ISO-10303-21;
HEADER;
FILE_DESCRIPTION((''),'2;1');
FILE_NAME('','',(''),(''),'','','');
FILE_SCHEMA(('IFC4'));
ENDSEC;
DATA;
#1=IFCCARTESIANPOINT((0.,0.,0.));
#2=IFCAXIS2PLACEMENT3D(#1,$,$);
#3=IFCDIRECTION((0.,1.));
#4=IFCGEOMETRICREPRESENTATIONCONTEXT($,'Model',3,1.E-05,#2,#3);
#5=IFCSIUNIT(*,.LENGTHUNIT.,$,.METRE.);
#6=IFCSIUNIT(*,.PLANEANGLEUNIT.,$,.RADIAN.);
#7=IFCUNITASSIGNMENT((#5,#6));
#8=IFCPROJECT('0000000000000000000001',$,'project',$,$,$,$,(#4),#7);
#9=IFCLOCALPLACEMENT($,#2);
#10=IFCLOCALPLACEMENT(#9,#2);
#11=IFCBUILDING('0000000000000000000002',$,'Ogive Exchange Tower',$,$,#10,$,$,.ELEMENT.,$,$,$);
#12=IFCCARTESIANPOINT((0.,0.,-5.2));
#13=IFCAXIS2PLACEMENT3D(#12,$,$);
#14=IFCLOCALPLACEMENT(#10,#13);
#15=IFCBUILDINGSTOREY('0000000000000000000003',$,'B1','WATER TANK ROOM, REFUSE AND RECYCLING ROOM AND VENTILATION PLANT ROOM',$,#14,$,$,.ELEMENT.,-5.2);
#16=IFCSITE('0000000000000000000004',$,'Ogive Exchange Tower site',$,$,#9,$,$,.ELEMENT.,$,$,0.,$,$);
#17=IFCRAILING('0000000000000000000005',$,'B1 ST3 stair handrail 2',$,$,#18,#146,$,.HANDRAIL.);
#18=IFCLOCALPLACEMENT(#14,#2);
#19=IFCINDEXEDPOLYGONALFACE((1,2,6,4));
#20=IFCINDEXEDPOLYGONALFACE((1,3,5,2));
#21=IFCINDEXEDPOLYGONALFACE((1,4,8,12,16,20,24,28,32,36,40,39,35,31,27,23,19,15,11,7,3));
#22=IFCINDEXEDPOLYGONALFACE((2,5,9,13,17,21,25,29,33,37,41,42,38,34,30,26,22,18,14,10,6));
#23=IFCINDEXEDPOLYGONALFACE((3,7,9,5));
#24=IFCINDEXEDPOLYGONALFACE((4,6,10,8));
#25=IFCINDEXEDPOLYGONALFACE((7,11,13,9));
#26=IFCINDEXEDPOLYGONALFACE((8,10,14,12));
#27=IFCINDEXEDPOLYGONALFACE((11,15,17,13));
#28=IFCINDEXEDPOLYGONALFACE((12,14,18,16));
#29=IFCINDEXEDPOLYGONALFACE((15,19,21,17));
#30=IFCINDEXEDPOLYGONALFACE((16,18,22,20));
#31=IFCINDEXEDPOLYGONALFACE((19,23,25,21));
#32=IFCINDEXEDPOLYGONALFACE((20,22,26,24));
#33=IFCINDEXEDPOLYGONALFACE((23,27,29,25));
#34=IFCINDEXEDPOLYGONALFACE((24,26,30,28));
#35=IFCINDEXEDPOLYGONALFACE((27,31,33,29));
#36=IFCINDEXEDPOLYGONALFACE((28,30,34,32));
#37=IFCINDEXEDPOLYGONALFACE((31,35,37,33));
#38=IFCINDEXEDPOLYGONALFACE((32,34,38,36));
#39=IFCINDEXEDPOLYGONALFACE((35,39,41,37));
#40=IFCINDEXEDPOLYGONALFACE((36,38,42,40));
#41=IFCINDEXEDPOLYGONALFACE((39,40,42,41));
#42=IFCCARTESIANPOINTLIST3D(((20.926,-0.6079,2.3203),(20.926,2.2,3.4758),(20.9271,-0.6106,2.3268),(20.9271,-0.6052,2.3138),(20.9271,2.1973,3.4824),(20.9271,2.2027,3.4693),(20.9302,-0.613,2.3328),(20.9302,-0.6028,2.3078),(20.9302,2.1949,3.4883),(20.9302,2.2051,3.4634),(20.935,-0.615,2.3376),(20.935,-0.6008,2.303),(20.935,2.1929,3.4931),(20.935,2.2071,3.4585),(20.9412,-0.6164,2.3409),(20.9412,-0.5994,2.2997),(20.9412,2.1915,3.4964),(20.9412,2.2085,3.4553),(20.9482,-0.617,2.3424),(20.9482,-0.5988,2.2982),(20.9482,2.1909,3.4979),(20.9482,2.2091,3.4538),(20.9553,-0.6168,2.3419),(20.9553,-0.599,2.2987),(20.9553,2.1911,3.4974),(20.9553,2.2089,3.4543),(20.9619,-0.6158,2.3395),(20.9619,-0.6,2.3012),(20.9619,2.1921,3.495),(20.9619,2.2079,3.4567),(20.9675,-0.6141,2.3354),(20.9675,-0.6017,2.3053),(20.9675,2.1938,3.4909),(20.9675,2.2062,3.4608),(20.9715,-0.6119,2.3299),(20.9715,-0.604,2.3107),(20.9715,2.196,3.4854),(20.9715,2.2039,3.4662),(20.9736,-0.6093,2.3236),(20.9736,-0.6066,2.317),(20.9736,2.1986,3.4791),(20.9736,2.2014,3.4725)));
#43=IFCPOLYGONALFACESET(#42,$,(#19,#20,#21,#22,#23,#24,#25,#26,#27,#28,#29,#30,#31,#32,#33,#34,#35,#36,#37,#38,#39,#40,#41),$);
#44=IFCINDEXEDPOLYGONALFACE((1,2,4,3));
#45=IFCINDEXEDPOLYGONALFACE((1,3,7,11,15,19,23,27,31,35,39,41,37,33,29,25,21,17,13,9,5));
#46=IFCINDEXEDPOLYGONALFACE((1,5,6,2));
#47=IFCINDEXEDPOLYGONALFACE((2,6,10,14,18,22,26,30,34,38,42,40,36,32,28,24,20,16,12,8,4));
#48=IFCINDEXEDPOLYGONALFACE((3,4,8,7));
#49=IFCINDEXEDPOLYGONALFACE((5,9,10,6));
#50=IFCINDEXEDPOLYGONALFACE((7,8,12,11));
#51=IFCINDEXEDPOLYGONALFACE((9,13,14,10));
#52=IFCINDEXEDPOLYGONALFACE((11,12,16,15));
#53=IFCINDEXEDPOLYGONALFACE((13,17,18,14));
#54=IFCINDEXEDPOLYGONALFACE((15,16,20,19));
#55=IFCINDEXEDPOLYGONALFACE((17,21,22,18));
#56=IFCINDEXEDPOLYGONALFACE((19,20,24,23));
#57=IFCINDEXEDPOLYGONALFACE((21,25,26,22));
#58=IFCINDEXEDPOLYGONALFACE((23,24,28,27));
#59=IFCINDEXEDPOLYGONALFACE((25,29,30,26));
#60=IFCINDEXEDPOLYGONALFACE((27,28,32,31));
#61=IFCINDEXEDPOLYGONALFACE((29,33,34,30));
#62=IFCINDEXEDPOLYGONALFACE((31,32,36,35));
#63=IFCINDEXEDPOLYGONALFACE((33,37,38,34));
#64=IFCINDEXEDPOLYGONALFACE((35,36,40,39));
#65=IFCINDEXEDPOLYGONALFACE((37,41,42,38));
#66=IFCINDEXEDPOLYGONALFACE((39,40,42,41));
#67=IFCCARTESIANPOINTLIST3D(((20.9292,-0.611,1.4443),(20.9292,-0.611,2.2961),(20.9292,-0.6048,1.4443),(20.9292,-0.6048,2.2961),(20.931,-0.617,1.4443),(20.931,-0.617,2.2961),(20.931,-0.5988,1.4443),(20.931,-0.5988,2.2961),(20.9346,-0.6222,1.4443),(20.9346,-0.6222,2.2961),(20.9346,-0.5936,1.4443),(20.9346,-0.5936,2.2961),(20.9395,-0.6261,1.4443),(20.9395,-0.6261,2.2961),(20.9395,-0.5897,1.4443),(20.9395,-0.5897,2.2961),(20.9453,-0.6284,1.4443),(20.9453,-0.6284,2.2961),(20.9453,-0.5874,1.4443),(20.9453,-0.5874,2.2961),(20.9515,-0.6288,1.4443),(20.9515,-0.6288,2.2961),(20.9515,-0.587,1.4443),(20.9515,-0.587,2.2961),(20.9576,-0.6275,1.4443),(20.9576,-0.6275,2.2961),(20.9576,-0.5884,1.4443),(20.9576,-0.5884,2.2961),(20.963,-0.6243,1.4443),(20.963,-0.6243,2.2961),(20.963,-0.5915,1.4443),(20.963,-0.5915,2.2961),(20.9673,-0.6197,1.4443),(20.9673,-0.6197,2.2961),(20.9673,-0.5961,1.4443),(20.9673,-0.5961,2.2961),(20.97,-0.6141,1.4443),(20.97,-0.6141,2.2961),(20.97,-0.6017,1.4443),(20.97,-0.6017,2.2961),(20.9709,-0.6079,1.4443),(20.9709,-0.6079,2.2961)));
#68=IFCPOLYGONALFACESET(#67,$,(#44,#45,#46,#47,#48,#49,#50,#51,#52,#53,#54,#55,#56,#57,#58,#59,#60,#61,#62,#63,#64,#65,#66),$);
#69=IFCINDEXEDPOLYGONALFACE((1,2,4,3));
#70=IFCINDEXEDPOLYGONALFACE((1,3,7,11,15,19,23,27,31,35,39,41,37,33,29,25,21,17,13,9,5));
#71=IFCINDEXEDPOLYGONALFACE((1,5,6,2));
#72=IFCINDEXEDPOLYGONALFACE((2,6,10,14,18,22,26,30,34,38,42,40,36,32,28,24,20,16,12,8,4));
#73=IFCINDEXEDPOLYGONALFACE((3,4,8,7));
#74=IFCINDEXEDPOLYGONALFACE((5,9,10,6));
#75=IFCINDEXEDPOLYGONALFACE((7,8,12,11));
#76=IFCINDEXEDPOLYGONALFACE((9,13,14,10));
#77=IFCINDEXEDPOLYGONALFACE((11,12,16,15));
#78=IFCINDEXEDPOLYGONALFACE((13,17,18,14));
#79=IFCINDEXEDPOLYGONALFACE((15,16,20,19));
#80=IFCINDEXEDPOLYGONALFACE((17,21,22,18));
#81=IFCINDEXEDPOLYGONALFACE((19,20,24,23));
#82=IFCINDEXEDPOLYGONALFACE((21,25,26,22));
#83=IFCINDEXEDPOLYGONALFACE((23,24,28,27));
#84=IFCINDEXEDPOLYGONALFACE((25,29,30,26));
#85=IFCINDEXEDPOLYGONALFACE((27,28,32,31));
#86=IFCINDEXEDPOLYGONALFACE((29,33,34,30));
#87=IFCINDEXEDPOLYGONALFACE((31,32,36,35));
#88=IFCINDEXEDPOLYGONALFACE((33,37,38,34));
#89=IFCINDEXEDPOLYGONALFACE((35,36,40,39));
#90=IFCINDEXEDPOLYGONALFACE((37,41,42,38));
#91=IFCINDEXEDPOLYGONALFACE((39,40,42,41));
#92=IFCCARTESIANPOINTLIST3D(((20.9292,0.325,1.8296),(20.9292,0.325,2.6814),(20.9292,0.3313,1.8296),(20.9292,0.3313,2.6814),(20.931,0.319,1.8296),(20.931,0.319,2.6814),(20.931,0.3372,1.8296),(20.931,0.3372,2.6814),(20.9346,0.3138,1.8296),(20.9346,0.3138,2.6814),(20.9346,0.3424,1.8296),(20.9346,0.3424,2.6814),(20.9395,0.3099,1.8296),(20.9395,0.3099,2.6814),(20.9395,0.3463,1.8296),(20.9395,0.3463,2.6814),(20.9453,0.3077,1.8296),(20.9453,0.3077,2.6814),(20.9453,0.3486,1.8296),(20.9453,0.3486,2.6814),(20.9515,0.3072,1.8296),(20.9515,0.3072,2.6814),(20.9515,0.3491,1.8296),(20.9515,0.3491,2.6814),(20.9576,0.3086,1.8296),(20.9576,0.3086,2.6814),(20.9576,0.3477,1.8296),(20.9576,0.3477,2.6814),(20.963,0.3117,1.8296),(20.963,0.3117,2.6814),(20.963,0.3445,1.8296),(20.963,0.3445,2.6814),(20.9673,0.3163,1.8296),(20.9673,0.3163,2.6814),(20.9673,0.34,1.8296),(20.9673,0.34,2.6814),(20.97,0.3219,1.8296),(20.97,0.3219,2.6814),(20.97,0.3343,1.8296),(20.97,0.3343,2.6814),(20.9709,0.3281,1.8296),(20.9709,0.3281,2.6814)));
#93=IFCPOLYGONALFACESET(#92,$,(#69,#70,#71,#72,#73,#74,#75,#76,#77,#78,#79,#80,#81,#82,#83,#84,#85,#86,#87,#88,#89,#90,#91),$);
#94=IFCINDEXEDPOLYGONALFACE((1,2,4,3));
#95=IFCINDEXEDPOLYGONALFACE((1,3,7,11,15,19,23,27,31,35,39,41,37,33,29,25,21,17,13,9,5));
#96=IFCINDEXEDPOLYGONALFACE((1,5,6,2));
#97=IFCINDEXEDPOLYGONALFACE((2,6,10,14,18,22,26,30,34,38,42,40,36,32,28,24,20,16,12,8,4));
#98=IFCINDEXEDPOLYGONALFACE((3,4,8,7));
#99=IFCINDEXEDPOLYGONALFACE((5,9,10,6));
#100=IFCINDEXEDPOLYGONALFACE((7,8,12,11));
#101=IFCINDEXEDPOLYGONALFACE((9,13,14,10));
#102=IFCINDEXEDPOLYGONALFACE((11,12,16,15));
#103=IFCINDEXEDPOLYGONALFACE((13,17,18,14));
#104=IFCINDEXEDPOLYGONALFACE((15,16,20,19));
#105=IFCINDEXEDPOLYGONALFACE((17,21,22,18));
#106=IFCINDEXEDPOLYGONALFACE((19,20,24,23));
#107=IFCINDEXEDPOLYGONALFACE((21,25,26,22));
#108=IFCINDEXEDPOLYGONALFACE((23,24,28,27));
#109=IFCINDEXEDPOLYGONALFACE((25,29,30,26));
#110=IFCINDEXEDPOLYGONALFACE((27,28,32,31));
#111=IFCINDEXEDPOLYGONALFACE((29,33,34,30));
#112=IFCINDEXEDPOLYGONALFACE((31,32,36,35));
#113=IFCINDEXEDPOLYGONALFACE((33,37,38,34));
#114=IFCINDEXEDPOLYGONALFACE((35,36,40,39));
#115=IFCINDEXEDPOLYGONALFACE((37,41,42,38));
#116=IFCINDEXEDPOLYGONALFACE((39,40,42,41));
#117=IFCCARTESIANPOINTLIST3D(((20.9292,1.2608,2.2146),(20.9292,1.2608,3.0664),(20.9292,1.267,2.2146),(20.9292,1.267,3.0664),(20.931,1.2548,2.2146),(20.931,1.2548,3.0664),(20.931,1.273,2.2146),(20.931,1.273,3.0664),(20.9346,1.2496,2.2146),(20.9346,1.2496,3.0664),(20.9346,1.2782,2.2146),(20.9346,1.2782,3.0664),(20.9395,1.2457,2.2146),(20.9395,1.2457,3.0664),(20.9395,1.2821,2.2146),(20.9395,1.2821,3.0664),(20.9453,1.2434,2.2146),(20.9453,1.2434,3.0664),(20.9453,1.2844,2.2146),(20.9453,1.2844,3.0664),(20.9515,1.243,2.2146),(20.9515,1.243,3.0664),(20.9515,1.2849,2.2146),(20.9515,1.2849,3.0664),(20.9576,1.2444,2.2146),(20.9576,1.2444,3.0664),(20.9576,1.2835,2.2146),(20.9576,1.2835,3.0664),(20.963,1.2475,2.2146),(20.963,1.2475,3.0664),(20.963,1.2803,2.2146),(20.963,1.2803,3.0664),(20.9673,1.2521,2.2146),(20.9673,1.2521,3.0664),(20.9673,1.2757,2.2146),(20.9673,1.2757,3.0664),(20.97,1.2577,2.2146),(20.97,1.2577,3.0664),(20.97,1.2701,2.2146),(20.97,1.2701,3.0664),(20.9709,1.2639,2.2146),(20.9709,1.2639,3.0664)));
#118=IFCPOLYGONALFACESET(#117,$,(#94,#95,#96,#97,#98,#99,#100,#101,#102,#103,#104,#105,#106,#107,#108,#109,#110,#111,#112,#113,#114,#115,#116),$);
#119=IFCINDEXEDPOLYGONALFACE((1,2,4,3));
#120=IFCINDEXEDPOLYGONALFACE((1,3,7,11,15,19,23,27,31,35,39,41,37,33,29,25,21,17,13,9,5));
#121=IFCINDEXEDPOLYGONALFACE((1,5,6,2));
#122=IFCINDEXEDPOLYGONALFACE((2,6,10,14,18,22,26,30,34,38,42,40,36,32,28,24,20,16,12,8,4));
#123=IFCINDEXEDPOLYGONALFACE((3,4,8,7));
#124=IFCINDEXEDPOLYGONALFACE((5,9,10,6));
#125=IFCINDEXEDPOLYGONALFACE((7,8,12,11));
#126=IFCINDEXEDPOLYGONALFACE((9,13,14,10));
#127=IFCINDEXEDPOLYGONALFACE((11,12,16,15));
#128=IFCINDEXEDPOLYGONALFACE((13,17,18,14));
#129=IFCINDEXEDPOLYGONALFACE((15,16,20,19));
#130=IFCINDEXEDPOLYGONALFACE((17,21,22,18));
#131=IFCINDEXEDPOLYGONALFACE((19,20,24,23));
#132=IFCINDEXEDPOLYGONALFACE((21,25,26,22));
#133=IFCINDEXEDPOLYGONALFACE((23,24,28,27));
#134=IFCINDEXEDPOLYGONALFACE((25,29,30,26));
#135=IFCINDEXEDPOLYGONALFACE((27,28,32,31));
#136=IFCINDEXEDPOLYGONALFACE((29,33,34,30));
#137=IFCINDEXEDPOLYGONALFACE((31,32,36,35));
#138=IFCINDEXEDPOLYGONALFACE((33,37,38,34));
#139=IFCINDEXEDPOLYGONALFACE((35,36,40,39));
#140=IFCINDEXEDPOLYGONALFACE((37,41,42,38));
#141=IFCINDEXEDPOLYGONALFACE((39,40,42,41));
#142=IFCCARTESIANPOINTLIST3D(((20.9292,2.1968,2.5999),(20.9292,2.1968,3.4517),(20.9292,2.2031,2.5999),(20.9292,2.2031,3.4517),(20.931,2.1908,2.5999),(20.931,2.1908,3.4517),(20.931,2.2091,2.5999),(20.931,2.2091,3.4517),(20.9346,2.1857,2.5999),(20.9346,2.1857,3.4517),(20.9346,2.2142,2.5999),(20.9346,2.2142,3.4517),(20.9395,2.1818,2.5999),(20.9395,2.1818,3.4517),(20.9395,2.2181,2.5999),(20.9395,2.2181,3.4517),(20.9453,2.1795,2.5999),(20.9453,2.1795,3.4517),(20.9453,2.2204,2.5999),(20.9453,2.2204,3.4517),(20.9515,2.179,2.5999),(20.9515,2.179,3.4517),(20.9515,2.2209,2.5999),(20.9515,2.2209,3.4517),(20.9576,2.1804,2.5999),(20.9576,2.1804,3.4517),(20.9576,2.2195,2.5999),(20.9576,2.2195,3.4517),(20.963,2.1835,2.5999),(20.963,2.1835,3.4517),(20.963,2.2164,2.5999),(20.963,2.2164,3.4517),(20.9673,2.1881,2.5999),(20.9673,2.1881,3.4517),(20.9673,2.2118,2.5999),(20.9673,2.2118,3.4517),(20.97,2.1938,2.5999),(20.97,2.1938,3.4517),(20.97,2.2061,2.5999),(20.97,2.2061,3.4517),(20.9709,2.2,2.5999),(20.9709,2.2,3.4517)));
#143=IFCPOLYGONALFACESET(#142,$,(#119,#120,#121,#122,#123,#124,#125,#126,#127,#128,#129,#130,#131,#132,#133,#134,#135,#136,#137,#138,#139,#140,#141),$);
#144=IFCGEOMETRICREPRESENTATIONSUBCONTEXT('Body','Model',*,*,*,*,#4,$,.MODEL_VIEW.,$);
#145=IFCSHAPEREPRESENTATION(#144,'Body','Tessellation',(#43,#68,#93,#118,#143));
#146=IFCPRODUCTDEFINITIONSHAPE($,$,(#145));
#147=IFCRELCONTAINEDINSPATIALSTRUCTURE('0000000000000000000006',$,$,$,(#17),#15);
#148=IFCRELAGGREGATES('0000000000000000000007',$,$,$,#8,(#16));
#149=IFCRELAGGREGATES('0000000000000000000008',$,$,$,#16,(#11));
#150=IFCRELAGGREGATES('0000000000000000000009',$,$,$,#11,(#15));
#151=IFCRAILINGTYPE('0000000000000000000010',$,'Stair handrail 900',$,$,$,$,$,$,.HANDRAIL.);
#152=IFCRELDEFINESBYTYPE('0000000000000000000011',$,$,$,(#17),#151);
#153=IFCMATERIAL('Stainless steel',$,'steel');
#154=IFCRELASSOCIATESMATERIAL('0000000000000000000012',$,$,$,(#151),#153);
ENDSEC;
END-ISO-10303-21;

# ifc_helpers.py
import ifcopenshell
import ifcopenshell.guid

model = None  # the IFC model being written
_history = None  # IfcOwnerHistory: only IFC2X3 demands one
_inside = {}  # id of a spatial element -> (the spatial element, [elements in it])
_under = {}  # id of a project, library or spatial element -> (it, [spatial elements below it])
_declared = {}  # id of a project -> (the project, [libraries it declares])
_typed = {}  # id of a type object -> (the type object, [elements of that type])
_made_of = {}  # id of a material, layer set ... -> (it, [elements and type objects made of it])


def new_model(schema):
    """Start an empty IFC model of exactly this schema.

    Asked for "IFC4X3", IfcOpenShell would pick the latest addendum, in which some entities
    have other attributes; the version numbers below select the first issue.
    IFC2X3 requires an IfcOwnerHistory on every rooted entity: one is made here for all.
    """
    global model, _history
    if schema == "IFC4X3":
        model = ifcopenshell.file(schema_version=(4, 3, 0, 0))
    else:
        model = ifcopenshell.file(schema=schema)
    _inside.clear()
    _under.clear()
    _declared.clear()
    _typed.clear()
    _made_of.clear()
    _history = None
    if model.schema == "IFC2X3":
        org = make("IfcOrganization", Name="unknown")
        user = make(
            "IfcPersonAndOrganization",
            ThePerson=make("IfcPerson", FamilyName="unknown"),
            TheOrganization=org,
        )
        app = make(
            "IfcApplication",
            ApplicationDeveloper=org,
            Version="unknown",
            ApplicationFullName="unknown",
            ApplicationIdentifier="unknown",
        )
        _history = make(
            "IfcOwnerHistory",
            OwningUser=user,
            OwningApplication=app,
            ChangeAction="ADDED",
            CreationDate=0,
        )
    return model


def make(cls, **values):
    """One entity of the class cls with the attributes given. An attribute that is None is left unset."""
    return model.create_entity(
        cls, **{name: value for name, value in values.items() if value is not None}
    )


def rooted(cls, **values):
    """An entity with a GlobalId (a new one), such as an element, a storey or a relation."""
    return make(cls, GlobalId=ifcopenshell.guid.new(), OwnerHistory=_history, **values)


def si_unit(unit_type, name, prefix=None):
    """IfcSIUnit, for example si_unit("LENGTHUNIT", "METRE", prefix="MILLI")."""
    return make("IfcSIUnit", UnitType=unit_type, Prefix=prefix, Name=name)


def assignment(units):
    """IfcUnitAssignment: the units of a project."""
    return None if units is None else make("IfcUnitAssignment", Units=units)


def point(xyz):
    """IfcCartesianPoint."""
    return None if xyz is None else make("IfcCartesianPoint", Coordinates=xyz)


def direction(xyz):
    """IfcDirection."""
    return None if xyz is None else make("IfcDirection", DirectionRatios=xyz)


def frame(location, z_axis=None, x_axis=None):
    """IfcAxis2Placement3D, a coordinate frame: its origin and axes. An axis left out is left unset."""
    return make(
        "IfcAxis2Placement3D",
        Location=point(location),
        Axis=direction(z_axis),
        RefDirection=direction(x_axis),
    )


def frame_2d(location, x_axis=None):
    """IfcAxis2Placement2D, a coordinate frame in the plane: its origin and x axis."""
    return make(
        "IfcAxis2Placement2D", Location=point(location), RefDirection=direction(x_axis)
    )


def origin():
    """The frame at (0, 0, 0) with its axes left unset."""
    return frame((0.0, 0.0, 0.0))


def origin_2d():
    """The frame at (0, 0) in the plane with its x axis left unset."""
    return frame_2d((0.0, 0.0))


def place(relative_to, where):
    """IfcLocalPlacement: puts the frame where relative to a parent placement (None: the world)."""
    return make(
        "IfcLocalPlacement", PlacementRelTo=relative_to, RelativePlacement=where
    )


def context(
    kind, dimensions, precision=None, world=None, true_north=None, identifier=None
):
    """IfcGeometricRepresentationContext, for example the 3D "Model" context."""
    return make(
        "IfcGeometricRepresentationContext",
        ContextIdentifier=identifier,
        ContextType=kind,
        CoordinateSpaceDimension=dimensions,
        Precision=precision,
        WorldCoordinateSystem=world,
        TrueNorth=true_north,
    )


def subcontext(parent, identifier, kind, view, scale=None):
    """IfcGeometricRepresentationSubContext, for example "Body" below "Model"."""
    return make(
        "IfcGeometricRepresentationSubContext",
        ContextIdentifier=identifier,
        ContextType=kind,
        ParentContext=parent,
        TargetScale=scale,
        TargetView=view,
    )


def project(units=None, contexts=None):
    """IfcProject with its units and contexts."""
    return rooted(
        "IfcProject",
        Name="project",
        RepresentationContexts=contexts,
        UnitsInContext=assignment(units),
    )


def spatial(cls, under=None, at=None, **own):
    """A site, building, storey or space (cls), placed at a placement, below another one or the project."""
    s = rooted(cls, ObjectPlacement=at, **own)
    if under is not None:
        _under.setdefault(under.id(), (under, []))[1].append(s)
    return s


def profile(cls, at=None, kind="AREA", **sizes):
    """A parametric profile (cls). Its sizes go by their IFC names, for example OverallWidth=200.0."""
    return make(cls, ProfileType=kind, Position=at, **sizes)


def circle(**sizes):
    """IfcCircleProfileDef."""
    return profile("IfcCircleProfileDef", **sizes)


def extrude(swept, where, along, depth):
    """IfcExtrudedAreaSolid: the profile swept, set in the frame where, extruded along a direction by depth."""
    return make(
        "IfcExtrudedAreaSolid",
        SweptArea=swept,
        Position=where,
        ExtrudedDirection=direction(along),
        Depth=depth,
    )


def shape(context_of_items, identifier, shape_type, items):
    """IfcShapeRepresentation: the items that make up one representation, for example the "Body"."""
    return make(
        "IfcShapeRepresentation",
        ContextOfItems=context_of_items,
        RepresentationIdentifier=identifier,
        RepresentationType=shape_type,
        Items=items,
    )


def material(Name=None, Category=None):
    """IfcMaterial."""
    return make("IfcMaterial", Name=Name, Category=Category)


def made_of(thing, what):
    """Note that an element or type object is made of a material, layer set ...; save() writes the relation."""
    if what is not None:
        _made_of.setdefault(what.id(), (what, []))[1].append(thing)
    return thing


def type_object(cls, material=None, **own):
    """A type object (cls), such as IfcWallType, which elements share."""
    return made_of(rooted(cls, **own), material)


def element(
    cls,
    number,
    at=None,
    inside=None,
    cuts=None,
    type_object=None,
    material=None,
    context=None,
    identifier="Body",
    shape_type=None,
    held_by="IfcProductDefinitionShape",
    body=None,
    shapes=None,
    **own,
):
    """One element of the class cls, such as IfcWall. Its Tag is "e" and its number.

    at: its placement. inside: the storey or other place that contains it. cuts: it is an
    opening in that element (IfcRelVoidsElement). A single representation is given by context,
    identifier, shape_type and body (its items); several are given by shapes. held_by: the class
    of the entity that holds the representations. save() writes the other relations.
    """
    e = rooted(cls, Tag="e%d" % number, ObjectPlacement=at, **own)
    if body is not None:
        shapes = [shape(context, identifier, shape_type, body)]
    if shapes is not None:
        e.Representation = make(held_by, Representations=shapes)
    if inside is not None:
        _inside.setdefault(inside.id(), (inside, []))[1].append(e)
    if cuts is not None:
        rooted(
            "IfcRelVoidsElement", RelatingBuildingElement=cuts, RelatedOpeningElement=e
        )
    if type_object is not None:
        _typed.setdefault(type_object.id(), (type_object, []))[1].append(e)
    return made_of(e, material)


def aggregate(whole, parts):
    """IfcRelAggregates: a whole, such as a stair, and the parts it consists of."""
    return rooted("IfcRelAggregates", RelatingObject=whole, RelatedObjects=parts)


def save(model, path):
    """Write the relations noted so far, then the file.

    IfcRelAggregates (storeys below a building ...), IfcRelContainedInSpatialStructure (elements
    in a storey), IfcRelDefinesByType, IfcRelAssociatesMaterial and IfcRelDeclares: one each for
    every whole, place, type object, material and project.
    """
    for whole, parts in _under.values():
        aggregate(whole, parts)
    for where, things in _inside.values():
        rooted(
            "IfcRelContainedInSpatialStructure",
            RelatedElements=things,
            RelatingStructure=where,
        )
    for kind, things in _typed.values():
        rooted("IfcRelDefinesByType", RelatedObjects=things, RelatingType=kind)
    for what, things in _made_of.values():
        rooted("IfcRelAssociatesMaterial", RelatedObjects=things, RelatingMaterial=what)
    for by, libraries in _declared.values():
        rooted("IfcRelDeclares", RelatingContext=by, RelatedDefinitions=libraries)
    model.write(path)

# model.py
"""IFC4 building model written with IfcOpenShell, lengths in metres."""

from ifc_helpers import new_model, si_unit, direction, frame, origin, origin_2d, place, context, subcontext, project, spatial, circle, extrude, material, type_object, element, save


model = new_model("IFC4")

# Units and contexts
model_context = context("Model", 3, precision=1e-05, world=origin(), true_north=direction((0.0, 1.0)))
body_context = subcontext(model_context, "Body", "Model", "MODEL_VIEW")
ifc_project = project(units=[si_unit("LENGTHUNIT", "METRE"), si_unit("PLANEANGLEUNIT", "RADIAN")], contexts=[model_context])

# Site, building, storey
site_placement = place(None, origin())
site = spatial("IfcSite", under=ifc_project, at=site_placement, Name="Ogive Exchange Tower site", CompositionType="ELEMENT", RefElevation=0.0)
building_placement = place(site_placement, origin())
building = spatial("IfcBuilding", under=site, at=building_placement, Name="Ogive Exchange Tower", CompositionType="ELEMENT")
storey_placement = place(building_placement, frame((0.0, 0.0, -5.2)))
storey = spatial("IfcBuildingStorey", under=building, at=storey_placement, Name="B1", Description="WATER TANK ROOM, REFUSE AND RECYCLING ROOM AND VENTILATION PLANT ROOM", CompositionType="ELEMENT", Elevation=-5.2)

# Shared definitions
ifc_material_1 = material(Name="Stainless steel", Category="steel")

# Railing
railing_type = type_object("IfcRailingType", Name="Stair handrail 900", PredefinedType="HANDRAIL", material=ifc_material_1)
railing_1_placement = place(storey_placement, frame((20.95, -0.6079, 1.4443)))
element("IfcRailing", 1, at=railing_1_placement, inside=storey, type_object=railing_type, Name="B1 ST3 stair handrail 2", PredefinedType="HANDRAIL", context=body_context, shape_type="SweptSolid", body=[
    extrude(circle(Radius=0.0239, at=origin_2d()), frame((0.0, 0.0, 0.876), z_axis=(0.0, 0.924755, 0.380564), x_axis=(-1.0, 0.0, 0.0)), (0.0, 0.0, 1.0), 3.0364),
    extrude(circle(Radius=0.021, at=origin_2d()), origin(), (0.0, 0.0, 1.0), 0.8518),
    extrude(circle(Radius=0.021, at=origin_2d()), frame((0.0, 0.936, 0.3853)), (0.0, 0.0, 1.0), 0.8518),
    extrude(circle(Radius=0.021, at=origin_2d()), frame((0.0, 1.8718, 0.7703)), (0.0, 0.0, 1.0), 0.8518),
    extrude(circle(Radius=0.021, at=origin_2d()), frame((0.0, 2.8079, 1.1555)), (0.0, 0.0, 1.0), 0.8518),
])

save(model, "model.ifc")
